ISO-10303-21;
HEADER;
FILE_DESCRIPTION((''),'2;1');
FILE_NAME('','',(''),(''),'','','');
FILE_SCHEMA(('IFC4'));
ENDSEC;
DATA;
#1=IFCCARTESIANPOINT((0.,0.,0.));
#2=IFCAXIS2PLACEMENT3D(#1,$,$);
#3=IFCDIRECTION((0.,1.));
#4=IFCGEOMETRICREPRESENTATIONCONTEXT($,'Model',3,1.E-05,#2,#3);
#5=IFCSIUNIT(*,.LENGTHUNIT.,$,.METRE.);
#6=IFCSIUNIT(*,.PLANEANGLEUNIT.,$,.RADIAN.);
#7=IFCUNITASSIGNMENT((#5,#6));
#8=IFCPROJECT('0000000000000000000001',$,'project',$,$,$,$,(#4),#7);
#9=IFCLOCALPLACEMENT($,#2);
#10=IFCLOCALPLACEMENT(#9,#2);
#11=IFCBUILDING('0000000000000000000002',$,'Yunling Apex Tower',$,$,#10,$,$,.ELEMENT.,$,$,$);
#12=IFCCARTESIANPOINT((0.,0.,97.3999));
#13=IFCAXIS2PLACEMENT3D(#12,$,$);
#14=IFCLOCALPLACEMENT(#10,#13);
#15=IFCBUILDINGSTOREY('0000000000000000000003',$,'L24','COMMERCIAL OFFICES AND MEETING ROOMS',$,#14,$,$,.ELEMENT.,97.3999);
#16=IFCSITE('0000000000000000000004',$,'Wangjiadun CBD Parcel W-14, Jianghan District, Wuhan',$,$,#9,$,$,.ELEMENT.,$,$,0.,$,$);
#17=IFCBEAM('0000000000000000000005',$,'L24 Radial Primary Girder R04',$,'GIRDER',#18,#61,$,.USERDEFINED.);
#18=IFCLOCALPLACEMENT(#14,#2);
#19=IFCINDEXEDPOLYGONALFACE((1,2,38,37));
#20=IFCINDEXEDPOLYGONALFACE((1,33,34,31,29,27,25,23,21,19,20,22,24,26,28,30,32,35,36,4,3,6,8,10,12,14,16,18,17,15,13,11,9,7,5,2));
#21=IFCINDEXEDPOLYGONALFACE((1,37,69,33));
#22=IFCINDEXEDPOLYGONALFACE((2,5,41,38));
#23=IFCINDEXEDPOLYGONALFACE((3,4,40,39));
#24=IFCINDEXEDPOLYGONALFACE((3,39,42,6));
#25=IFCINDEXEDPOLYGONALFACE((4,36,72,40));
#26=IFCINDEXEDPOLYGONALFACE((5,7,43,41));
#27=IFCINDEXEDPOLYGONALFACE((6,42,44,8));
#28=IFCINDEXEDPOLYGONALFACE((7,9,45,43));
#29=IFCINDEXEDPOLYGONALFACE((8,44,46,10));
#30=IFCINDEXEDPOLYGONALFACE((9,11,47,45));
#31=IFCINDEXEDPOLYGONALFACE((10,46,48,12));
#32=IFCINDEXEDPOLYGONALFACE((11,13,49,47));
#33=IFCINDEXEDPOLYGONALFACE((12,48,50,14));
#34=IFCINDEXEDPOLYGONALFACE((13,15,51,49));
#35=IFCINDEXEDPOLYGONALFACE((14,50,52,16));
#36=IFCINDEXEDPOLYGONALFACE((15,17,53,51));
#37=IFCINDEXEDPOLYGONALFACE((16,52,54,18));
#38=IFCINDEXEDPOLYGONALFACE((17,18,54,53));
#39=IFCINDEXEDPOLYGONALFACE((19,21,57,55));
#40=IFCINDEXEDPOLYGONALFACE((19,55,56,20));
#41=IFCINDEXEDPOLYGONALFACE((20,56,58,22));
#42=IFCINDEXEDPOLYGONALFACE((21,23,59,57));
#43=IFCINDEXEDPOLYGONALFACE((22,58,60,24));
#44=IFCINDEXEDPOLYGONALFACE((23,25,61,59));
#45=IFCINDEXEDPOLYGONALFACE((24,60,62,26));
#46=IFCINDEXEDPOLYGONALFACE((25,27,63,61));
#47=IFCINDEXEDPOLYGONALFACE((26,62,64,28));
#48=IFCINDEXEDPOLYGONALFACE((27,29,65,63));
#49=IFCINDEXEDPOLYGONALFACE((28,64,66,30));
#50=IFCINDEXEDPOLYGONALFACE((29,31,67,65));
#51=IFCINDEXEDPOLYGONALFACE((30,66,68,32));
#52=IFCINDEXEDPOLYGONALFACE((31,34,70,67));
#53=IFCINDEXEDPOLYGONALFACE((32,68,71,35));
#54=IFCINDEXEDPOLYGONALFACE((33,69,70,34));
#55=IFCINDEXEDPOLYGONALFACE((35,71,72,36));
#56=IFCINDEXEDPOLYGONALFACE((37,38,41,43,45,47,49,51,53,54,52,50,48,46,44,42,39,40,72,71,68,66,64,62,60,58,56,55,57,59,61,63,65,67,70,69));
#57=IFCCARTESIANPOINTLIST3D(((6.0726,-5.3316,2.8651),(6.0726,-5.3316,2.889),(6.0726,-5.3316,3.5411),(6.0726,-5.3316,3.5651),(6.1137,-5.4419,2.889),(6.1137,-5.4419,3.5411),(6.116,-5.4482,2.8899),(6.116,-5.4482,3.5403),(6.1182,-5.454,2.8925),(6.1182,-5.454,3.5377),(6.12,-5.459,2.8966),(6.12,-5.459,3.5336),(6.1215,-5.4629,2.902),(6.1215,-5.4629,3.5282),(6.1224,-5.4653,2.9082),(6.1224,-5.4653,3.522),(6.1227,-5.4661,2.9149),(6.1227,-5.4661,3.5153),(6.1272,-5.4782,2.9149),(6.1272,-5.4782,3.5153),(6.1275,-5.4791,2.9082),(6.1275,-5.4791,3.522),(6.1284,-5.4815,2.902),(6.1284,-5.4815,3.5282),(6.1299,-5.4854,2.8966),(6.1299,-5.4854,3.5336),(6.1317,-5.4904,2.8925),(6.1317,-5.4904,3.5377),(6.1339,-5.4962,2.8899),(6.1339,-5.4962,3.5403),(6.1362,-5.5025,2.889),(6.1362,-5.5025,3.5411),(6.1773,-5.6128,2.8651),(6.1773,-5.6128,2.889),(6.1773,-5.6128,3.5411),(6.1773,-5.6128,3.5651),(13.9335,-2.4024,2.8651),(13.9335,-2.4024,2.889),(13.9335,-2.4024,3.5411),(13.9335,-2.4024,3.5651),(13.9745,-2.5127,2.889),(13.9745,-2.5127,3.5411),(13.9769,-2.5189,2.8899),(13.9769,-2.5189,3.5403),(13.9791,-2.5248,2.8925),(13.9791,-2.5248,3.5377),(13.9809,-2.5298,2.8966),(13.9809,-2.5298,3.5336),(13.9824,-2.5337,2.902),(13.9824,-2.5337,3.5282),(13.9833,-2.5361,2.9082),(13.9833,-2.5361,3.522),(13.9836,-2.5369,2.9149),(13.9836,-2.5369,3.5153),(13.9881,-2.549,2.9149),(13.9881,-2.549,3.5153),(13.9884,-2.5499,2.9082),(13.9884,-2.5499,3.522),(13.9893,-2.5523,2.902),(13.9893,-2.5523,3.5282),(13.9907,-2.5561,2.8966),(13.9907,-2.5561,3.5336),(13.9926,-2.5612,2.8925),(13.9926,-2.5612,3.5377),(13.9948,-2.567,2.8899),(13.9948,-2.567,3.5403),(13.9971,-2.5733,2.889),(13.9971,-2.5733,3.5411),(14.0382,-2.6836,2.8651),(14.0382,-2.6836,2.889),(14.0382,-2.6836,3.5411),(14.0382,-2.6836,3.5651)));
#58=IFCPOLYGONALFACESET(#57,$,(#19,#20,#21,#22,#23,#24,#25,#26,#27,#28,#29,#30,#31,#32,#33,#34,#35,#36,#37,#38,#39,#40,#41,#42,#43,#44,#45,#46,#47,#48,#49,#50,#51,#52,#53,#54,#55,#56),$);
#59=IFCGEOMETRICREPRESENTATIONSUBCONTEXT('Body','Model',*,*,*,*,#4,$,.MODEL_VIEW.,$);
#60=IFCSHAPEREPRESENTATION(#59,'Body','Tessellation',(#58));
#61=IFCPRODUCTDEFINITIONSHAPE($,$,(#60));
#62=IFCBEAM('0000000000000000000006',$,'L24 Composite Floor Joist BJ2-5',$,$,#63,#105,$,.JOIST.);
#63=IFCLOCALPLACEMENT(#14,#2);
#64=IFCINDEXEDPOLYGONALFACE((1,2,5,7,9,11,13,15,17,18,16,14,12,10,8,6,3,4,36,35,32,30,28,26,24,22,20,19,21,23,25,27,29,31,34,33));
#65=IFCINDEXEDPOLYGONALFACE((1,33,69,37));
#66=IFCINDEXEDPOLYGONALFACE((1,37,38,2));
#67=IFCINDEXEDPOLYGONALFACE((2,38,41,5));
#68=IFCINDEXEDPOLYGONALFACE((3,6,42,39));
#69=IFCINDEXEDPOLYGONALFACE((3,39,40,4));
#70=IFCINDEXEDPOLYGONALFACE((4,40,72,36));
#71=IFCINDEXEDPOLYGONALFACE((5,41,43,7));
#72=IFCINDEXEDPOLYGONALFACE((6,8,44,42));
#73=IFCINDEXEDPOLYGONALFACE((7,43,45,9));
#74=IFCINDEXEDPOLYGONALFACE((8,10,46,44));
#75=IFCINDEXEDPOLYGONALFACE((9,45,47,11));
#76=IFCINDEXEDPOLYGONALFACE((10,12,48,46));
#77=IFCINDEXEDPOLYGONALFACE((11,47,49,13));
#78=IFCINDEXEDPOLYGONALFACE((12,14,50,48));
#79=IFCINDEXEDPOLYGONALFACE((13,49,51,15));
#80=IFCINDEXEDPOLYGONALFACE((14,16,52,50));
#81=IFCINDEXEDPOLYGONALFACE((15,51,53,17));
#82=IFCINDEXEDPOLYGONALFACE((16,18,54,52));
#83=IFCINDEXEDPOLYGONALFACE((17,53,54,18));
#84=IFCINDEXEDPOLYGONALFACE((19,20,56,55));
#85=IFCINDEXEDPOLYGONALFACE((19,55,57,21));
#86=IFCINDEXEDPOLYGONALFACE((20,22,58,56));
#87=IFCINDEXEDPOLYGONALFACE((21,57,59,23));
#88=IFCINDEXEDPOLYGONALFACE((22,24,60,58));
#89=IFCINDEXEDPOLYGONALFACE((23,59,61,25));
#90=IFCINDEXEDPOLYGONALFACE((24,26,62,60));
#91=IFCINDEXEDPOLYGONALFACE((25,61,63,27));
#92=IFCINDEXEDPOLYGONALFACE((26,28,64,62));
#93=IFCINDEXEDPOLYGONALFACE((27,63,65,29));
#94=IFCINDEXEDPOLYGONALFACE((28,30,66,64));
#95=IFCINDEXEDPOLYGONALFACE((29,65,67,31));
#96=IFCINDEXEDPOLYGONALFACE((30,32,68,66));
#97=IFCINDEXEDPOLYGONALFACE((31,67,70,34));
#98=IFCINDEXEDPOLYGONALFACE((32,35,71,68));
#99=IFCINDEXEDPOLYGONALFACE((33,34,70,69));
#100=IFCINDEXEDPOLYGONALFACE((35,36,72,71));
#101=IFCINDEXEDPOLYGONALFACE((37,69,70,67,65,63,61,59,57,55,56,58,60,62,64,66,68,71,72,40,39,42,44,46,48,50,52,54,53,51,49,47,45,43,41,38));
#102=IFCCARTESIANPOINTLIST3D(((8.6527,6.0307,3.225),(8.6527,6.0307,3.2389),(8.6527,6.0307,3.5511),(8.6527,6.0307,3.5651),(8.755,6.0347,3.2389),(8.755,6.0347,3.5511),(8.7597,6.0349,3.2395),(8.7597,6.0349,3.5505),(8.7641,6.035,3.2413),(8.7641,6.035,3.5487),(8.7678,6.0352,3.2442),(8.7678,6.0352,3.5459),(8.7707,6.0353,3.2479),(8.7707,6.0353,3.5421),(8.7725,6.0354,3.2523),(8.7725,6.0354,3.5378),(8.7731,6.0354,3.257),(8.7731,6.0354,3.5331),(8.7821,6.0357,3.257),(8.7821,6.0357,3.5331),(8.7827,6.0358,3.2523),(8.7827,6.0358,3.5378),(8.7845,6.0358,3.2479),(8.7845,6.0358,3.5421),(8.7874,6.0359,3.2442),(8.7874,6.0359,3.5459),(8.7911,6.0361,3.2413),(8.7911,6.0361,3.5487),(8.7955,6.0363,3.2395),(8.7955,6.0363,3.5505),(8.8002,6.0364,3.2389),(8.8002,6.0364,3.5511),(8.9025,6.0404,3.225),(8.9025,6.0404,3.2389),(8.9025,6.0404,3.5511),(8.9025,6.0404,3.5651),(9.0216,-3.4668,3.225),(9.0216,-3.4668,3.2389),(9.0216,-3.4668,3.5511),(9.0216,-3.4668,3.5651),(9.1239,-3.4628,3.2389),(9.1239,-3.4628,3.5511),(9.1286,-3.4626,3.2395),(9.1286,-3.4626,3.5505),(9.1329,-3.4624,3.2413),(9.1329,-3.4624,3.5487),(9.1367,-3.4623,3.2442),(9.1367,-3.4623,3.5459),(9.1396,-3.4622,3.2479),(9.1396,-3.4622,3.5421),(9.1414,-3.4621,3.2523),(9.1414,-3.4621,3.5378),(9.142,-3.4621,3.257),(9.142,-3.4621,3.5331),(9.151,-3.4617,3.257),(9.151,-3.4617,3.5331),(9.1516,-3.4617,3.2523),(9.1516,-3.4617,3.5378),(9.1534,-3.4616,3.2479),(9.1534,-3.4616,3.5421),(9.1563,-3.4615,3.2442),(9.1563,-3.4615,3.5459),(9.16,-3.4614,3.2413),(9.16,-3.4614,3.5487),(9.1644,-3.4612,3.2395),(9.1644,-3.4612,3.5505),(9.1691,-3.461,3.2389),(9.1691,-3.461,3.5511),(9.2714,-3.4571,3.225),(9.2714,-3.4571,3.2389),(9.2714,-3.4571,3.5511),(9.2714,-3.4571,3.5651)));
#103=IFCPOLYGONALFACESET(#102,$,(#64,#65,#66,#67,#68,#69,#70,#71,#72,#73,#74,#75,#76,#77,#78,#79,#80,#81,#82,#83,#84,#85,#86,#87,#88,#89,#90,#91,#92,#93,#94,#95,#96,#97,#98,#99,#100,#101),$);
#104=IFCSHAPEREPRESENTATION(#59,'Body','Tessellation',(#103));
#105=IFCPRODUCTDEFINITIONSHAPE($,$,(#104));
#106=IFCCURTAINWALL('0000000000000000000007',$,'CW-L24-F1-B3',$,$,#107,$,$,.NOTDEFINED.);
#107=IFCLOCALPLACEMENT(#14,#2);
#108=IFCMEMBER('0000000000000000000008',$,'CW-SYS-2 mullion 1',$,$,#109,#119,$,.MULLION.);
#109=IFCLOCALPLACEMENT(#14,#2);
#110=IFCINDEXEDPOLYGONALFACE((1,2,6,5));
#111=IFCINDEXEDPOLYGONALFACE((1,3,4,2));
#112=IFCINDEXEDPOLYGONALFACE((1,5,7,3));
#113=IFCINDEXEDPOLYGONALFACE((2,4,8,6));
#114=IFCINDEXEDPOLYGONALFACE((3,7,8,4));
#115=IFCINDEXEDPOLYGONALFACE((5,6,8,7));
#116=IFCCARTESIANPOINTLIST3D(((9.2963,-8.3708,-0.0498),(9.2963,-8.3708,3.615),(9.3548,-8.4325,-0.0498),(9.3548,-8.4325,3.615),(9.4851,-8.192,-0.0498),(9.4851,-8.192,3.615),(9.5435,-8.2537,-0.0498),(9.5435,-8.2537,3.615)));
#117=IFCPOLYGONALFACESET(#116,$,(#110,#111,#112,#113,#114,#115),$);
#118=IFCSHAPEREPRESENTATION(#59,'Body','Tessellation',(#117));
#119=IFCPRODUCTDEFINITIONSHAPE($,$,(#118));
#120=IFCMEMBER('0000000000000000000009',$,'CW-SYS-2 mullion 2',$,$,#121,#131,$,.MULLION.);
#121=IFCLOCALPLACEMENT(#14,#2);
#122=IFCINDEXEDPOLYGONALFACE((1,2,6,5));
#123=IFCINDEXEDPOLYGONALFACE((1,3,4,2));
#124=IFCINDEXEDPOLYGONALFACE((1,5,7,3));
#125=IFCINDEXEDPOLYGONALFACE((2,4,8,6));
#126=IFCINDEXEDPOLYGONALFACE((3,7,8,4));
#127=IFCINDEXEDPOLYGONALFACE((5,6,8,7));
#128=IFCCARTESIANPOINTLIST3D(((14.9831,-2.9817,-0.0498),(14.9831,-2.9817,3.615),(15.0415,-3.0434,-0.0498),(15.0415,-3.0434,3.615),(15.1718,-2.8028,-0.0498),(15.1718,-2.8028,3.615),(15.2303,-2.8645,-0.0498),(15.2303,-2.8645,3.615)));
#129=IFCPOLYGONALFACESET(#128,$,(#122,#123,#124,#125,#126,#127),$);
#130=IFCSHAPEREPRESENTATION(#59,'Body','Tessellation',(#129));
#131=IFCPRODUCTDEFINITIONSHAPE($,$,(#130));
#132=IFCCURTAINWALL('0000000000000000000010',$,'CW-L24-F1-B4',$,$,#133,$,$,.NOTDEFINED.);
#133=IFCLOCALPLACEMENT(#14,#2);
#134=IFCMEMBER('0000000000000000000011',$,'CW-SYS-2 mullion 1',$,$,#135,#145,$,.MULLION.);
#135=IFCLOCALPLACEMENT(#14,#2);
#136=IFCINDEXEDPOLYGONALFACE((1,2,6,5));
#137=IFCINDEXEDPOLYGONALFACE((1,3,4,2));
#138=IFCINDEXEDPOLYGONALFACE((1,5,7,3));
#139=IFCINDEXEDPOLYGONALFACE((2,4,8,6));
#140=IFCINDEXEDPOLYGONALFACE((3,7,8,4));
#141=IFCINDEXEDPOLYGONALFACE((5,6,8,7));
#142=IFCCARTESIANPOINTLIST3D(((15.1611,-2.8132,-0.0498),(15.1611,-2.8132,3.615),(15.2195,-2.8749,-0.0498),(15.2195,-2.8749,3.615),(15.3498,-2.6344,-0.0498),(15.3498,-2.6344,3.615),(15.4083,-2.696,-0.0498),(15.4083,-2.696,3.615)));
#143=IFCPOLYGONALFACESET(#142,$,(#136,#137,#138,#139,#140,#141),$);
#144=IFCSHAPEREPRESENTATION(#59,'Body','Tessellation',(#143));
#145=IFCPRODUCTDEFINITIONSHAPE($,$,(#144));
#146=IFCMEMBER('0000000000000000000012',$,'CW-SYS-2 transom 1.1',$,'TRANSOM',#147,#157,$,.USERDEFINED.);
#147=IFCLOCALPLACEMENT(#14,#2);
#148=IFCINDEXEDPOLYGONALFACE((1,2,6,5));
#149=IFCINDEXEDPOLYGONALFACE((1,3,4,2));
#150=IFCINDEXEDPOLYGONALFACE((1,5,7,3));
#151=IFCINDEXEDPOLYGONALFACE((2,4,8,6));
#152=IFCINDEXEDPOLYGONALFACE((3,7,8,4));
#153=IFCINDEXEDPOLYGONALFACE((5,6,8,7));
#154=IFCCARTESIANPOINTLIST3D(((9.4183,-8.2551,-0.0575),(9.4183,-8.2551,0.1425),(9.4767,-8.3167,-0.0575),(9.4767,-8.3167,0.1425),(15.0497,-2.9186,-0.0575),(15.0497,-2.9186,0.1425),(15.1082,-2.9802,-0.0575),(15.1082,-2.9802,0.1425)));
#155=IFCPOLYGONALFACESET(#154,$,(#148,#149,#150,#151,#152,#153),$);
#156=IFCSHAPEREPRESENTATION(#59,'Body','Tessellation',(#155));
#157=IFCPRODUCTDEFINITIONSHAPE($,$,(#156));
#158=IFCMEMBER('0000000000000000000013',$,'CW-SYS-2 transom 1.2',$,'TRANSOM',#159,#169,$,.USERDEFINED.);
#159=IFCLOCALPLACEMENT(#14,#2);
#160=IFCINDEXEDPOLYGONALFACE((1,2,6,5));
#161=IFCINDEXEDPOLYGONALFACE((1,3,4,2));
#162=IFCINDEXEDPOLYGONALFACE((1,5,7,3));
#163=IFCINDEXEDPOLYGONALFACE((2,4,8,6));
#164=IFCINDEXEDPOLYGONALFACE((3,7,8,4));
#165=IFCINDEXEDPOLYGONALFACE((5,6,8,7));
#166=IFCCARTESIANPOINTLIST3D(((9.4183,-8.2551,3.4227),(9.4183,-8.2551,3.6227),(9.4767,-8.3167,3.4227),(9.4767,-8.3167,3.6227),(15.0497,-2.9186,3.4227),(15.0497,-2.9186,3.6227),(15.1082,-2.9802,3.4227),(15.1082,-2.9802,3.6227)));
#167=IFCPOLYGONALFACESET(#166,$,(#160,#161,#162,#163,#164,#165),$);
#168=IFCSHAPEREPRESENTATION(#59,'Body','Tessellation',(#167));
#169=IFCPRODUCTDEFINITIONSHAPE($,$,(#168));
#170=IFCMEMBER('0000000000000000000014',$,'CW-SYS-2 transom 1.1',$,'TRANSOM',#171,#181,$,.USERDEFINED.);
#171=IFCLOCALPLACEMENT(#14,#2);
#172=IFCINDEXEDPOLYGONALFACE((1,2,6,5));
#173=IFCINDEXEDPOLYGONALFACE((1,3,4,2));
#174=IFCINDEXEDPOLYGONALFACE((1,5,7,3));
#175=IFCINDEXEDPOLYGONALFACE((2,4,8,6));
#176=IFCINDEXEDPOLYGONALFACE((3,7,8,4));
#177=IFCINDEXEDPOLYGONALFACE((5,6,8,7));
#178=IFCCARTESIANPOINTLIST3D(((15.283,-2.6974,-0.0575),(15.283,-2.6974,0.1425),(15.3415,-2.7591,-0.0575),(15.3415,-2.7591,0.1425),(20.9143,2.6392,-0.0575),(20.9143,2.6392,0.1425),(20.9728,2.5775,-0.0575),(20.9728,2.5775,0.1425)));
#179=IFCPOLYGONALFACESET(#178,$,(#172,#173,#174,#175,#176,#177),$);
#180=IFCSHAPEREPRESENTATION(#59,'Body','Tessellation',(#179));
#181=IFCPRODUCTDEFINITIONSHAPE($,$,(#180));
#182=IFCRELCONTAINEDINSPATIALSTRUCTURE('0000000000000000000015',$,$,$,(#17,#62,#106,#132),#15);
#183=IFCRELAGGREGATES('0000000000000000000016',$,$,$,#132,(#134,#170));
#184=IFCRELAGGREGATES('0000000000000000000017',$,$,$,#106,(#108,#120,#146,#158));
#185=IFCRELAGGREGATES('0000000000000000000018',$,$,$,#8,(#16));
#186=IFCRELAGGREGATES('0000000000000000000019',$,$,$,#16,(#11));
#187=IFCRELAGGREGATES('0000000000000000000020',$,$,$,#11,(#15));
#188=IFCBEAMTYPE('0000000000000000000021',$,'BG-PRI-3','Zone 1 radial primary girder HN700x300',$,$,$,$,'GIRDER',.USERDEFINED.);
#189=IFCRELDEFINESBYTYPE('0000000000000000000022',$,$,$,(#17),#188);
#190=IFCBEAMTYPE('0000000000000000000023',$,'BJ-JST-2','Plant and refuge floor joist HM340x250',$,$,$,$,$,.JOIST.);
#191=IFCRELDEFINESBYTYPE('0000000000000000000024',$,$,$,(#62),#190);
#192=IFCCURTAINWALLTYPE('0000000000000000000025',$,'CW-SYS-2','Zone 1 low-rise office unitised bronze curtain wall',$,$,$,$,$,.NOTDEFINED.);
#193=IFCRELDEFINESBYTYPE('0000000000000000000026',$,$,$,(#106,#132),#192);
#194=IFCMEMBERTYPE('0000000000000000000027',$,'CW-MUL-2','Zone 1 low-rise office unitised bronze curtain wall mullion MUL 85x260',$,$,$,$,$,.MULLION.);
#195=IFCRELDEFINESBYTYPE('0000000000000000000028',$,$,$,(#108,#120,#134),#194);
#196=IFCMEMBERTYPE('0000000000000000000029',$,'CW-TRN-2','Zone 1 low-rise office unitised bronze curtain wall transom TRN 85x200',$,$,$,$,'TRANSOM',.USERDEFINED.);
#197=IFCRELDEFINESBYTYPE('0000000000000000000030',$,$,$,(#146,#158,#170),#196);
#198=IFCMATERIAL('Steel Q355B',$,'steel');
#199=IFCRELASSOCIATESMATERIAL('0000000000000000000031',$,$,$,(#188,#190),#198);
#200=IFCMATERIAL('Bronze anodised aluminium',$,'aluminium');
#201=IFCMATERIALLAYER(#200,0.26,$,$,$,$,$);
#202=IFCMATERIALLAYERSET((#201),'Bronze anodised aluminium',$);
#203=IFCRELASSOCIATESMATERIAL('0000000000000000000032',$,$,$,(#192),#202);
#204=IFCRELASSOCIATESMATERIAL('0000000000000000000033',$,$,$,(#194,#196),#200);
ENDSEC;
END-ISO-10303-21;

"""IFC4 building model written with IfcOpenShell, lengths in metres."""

from ifc_helpers import new_model, si_unit, direction, frame, origin, origin_2d, place, context, subcontext, project, spatial, rectangle, i_section, extrude, source, transform, mapped, material, layer, layer_set, material_profile, profile_set, type_object, element, aggregate, save


model = new_model("IFC4")

# Units and contexts
model_context = context("Model", 3, precision=1e-05, world=origin(), true_north=direction((0.0, 1.0)))
body_context = subcontext(model_context, "Body", "Model", "MODEL_VIEW")
ifc_project = project(units=[si_unit("LENGTHUNIT", "METRE"), si_unit("PLANEANGLEUNIT", "RADIAN")], contexts=[model_context])

# Site, building, storey
site_placement = place(None, origin())
site = spatial("IfcSite", under=ifc_project, at=site_placement, Name="Wangjiadun CBD Parcel W-14, Jianghan District, Wuhan", CompositionType="ELEMENT", RefElevation=0.0)
building_placement = place(site_placement, origin())
building = spatial("IfcBuilding", under=site, at=building_placement, Name="Yunling Apex Tower", CompositionType="ELEMENT")
storey_placement = place(building_placement, frame((0.0, 0.0, 97.3999)))
storey = spatial("IfcBuildingStorey", under=building, at=storey_placement, Name="L24", Description="COMMERCIAL OFFICES AND MEETING ROOMS", CompositionType="ELEMENT", Elevation=97.3999)

# Beams
ifc_material_1 = material(Name="Steel Q355B", Category="steel")
ifc_material_profile_1 = material_profile(ifc_material_1, i_section(OverallWidth=0.3, OverallDepth=0.7, WebThickness=0.0129, FlangeThickness=0.0239, FilletRadius=0.0259, at=origin_2d()))
ifc_profile_set_1 = profile_set([ifc_material_profile_1], Name="Steel Q355B")
beam_type_1 = type_object("IfcBeamType", Name="BG-PRI-3", Description="Zone 1 radial primary girder HN700x300", ElementType="GIRDER", PredefinedType="USERDEFINED", material=ifc_profile_set_1)
shared_shape_1 = source(origin(), body_context, "Body", "SweptSolid", [
    extrude(i_section(OverallWidth=0.3, OverallDepth=0.7, WebThickness=0.0129, FlangeThickness=0.0239, FilletRadius=0.0259, at=origin_2d()), origin(), (0.0, 0.0, 1.0), 8.3889),
])
beam_1_placement = place(storey_placement, frame((13.9858, -2.543, 3.2151), z_axis=(-0.937057, -0.349177, 0.0), x_axis=(0.349177, -0.937057, 0.0)))
element("IfcBeam", 1, at=beam_1_placement, inside=storey, type_object=beam_type_1, Name="L24 Radial Primary Girder R04", ObjectType="GIRDER", PredefinedType="USERDEFINED", context=body_context, shape_type="MappedRepresentation", body=[
    mapped(shared_shape_1, transform((0.0, 0.0, 0.0), scale=1.0)),
])
ifc_material_profile_2 = material_profile(ifc_material_1, i_section(OverallWidth=0.25, OverallDepth=0.3401, WebThickness=0.009, FlangeThickness=0.0139, FilletRadius=0.0181, at=origin_2d()))
ifc_profile_set_2 = profile_set([ifc_material_profile_2], Name="Steel Q355B")
beam_type_2 = type_object("IfcBeamType", Name="BJ-JST-2", Description="Plant and refuge floor joist HM340x250", PredefinedType="JOIST", material=ifc_profile_set_2)
shared_shape_2 = source(origin(), body_context, "Body", "SweptSolid", [
    extrude(i_section(OverallWidth=0.25, OverallDepth=0.3401, WebThickness=0.009, FlangeThickness=0.0139, FilletRadius=0.0181, at=origin_2d()), origin(), (0.0, 0.0, 1.0), 9.5046),
])
beam_2_placement = place(storey_placement, frame((9.1465, -3.4619, 3.395), z_axis=(-0.038812, 0.999247, 0.0), x_axis=(-0.999247, -0.038812, 0.0)))
element("IfcBeam", 2, at=beam_2_placement, inside=storey, type_object=beam_type_2, Name="L24 Composite Floor Joist BJ2-5", PredefinedType="JOIST", context=body_context, shape_type="MappedRepresentation", body=[
    mapped(shared_shape_2, transform((0.0, 0.0, 0.0), scale=1.0)),
])

# Curtain wall, members
ifc_material_2 = material(Name="Bronze anodised aluminium", Category="aluminium")
ifc_layer_1 = layer(ifc_material_2, 0.26)
ifc_layer_set_1 = layer_set([ifc_layer_1], Name="Bronze anodised aluminium")
curtain_wall_type = type_object("IfcCurtainWallType", Name="CW-SYS-2", Description="Zone 1 low-rise office unitised bronze curtain wall", PredefinedType="NOTDEFINED", material=ifc_layer_set_1)
curtain_wall_1_placement = place(storey_placement, origin())
curtain_wall_1 = element("IfcCurtainWall", 3, at=curtain_wall_1_placement, inside=storey, type_object=curtain_wall_type, Name="CW-L24-F1-B3", PredefinedType="NOTDEFINED")
ifc_material_profile_3 = material_profile(ifc_material_2, rectangle(XDim=0.085, YDim=0.26, at=origin_2d()))
ifc_profile_set_3 = profile_set([ifc_material_profile_3], Name="Bronze anodised aluminium")
member_type_1 = type_object("IfcMemberType", Name="CW-MUL-2", Description="Zone 1 low-rise office unitised bronze curtain wall mullion MUL 85x260", PredefinedType="MULLION", material=ifc_profile_set_3)
shared_shape_3 = source(origin(), body_context, "Body", "SweptSolid", [
    extrude(rectangle(XDim=0.085, YDim=0.26, at=origin_2d()), origin(), (0.0, 0.0, 1.0), 3.6648),
])
member_1_placement = place(storey_placement, frame((9.4199, -8.3123, -0.0498), z_axis=(0.0, 0.0, 1.0), x_axis=(-0.687861, 0.725842, 0.0)))
member_1 = element("IfcMember", 4, at=member_1_placement, type_object=member_type_1, Name="CW-SYS-2 mullion 1", PredefinedType="MULLION", context=body_context, shape_type="MappedRepresentation", body=[
    mapped(shared_shape_3, transform((0.0, 0.0, 0.0), scale=1.0)),
])
member_2_placement = place(storey_placement, frame((15.1067, -2.9231, -0.0498), z_axis=(0.0, 0.0, 1.0), x_axis=(-0.687861, 0.725842, 0.0)))
member_2 = element("IfcMember", 5, at=member_2_placement, type_object=member_type_1, Name="CW-SYS-2 mullion 2", PredefinedType="MULLION", context=body_context, shape_type="MappedRepresentation", body=[
    mapped(shared_shape_3, transform((0.0, 0.0, 0.0), scale=1.0)),
])

# Curtain wall, member
curtain_wall_2_placement = place(storey_placement, origin())
curtain_wall_2 = element("IfcCurtainWall", 6, at=curtain_wall_2_placement, inside=storey, type_object=curtain_wall_type, Name="CW-L24-F1-B4", PredefinedType="NOTDEFINED")
member_3_placement = place(storey_placement, frame((15.2847, -2.7546, -0.0498), z_axis=(0.0, 0.0, 1.0), x_axis=(-0.687861, 0.725842, 0.0)))
member_3 = element("IfcMember", 7, at=member_3_placement, type_object=member_type_1, Name="CW-SYS-2 mullion 1", PredefinedType="MULLION", context=body_context, shape_type="MappedRepresentation", body=[
    mapped(shared_shape_3, transform((0.0, 0.0, 0.0), scale=1.0)),
])

# Members
ifc_material_profile_4 = material_profile(ifc_material_2, rectangle(XDim=0.085, YDim=0.2, at=origin_2d()))
ifc_profile_set_4 = profile_set([ifc_material_profile_4], Name="Bronze anodised aluminium")
member_type_2 = type_object("IfcMemberType", Name="CW-TRN-2", Description="Zone 1 low-rise office unitised bronze curtain wall transom TRN 85x200", ElementType="TRANSOM", PredefinedType="USERDEFINED", material=ifc_profile_set_4)
shared_shape_4 = source(origin(), body_context, "Body", "SweptSolid", [
    extrude(rectangle(XDim=0.085, YDim=0.2, at=origin_2d()), origin(), (0.0, 0.0, 1.0), 7.7583),
])
member_4_placement = place(storey_placement, frame((9.4475, -8.2859, 0.0425), z_axis=(0.725858, 0.687844, 0.0), x_axis=(-0.687844, 0.725858, 0.0)))
member_4 = element("IfcMember", 8, at=member_4_placement, type_object=member_type_2, Name="CW-SYS-2 transom 1.1", ObjectType="TRANSOM", PredefinedType="USERDEFINED", context=body_context, shape_type="MappedRepresentation", body=[
    mapped(shared_shape_4, transform((0.0, 0.0, 0.0), scale=1.0)),
])
member_5_placement = place(storey_placement, frame((9.4475, -8.2859, 3.5227), z_axis=(0.725858, 0.687844, 0.0), x_axis=(-0.687844, 0.725858, 0.0)))
member_5 = element("IfcMember", 9, at=member_5_placement, type_object=member_type_2, Name="CW-SYS-2 transom 1.2", ObjectType="TRANSOM", PredefinedType="USERDEFINED", context=body_context, shape_type="MappedRepresentation", body=[
    mapped(shared_shape_4, transform((0.0, 0.0, 0.0), scale=1.0)),
])
member_6_placement = place(storey_placement, frame((15.3123, -2.7283, 0.0425), z_axis=(0.725843, 0.687861, 0.0), x_axis=(-0.687861, 0.725843, 0.0)))
member_6 = element("IfcMember", 10, at=member_6_placement, type_object=member_type_2, Name="CW-SYS-2 transom 1.1", ObjectType="TRANSOM", PredefinedType="USERDEFINED", context=body_context, shape_type="MappedRepresentation", body=[
    mapped(shared_shape_4, transform((0.0, 0.0, 0.0), scale=1.0)),
])
aggregate(curtain_wall_2, [member_3, member_6])

aggregate(curtain_wall_1, [member_1, member_2, member_4, member_5])

save(model, "model.ifc")
